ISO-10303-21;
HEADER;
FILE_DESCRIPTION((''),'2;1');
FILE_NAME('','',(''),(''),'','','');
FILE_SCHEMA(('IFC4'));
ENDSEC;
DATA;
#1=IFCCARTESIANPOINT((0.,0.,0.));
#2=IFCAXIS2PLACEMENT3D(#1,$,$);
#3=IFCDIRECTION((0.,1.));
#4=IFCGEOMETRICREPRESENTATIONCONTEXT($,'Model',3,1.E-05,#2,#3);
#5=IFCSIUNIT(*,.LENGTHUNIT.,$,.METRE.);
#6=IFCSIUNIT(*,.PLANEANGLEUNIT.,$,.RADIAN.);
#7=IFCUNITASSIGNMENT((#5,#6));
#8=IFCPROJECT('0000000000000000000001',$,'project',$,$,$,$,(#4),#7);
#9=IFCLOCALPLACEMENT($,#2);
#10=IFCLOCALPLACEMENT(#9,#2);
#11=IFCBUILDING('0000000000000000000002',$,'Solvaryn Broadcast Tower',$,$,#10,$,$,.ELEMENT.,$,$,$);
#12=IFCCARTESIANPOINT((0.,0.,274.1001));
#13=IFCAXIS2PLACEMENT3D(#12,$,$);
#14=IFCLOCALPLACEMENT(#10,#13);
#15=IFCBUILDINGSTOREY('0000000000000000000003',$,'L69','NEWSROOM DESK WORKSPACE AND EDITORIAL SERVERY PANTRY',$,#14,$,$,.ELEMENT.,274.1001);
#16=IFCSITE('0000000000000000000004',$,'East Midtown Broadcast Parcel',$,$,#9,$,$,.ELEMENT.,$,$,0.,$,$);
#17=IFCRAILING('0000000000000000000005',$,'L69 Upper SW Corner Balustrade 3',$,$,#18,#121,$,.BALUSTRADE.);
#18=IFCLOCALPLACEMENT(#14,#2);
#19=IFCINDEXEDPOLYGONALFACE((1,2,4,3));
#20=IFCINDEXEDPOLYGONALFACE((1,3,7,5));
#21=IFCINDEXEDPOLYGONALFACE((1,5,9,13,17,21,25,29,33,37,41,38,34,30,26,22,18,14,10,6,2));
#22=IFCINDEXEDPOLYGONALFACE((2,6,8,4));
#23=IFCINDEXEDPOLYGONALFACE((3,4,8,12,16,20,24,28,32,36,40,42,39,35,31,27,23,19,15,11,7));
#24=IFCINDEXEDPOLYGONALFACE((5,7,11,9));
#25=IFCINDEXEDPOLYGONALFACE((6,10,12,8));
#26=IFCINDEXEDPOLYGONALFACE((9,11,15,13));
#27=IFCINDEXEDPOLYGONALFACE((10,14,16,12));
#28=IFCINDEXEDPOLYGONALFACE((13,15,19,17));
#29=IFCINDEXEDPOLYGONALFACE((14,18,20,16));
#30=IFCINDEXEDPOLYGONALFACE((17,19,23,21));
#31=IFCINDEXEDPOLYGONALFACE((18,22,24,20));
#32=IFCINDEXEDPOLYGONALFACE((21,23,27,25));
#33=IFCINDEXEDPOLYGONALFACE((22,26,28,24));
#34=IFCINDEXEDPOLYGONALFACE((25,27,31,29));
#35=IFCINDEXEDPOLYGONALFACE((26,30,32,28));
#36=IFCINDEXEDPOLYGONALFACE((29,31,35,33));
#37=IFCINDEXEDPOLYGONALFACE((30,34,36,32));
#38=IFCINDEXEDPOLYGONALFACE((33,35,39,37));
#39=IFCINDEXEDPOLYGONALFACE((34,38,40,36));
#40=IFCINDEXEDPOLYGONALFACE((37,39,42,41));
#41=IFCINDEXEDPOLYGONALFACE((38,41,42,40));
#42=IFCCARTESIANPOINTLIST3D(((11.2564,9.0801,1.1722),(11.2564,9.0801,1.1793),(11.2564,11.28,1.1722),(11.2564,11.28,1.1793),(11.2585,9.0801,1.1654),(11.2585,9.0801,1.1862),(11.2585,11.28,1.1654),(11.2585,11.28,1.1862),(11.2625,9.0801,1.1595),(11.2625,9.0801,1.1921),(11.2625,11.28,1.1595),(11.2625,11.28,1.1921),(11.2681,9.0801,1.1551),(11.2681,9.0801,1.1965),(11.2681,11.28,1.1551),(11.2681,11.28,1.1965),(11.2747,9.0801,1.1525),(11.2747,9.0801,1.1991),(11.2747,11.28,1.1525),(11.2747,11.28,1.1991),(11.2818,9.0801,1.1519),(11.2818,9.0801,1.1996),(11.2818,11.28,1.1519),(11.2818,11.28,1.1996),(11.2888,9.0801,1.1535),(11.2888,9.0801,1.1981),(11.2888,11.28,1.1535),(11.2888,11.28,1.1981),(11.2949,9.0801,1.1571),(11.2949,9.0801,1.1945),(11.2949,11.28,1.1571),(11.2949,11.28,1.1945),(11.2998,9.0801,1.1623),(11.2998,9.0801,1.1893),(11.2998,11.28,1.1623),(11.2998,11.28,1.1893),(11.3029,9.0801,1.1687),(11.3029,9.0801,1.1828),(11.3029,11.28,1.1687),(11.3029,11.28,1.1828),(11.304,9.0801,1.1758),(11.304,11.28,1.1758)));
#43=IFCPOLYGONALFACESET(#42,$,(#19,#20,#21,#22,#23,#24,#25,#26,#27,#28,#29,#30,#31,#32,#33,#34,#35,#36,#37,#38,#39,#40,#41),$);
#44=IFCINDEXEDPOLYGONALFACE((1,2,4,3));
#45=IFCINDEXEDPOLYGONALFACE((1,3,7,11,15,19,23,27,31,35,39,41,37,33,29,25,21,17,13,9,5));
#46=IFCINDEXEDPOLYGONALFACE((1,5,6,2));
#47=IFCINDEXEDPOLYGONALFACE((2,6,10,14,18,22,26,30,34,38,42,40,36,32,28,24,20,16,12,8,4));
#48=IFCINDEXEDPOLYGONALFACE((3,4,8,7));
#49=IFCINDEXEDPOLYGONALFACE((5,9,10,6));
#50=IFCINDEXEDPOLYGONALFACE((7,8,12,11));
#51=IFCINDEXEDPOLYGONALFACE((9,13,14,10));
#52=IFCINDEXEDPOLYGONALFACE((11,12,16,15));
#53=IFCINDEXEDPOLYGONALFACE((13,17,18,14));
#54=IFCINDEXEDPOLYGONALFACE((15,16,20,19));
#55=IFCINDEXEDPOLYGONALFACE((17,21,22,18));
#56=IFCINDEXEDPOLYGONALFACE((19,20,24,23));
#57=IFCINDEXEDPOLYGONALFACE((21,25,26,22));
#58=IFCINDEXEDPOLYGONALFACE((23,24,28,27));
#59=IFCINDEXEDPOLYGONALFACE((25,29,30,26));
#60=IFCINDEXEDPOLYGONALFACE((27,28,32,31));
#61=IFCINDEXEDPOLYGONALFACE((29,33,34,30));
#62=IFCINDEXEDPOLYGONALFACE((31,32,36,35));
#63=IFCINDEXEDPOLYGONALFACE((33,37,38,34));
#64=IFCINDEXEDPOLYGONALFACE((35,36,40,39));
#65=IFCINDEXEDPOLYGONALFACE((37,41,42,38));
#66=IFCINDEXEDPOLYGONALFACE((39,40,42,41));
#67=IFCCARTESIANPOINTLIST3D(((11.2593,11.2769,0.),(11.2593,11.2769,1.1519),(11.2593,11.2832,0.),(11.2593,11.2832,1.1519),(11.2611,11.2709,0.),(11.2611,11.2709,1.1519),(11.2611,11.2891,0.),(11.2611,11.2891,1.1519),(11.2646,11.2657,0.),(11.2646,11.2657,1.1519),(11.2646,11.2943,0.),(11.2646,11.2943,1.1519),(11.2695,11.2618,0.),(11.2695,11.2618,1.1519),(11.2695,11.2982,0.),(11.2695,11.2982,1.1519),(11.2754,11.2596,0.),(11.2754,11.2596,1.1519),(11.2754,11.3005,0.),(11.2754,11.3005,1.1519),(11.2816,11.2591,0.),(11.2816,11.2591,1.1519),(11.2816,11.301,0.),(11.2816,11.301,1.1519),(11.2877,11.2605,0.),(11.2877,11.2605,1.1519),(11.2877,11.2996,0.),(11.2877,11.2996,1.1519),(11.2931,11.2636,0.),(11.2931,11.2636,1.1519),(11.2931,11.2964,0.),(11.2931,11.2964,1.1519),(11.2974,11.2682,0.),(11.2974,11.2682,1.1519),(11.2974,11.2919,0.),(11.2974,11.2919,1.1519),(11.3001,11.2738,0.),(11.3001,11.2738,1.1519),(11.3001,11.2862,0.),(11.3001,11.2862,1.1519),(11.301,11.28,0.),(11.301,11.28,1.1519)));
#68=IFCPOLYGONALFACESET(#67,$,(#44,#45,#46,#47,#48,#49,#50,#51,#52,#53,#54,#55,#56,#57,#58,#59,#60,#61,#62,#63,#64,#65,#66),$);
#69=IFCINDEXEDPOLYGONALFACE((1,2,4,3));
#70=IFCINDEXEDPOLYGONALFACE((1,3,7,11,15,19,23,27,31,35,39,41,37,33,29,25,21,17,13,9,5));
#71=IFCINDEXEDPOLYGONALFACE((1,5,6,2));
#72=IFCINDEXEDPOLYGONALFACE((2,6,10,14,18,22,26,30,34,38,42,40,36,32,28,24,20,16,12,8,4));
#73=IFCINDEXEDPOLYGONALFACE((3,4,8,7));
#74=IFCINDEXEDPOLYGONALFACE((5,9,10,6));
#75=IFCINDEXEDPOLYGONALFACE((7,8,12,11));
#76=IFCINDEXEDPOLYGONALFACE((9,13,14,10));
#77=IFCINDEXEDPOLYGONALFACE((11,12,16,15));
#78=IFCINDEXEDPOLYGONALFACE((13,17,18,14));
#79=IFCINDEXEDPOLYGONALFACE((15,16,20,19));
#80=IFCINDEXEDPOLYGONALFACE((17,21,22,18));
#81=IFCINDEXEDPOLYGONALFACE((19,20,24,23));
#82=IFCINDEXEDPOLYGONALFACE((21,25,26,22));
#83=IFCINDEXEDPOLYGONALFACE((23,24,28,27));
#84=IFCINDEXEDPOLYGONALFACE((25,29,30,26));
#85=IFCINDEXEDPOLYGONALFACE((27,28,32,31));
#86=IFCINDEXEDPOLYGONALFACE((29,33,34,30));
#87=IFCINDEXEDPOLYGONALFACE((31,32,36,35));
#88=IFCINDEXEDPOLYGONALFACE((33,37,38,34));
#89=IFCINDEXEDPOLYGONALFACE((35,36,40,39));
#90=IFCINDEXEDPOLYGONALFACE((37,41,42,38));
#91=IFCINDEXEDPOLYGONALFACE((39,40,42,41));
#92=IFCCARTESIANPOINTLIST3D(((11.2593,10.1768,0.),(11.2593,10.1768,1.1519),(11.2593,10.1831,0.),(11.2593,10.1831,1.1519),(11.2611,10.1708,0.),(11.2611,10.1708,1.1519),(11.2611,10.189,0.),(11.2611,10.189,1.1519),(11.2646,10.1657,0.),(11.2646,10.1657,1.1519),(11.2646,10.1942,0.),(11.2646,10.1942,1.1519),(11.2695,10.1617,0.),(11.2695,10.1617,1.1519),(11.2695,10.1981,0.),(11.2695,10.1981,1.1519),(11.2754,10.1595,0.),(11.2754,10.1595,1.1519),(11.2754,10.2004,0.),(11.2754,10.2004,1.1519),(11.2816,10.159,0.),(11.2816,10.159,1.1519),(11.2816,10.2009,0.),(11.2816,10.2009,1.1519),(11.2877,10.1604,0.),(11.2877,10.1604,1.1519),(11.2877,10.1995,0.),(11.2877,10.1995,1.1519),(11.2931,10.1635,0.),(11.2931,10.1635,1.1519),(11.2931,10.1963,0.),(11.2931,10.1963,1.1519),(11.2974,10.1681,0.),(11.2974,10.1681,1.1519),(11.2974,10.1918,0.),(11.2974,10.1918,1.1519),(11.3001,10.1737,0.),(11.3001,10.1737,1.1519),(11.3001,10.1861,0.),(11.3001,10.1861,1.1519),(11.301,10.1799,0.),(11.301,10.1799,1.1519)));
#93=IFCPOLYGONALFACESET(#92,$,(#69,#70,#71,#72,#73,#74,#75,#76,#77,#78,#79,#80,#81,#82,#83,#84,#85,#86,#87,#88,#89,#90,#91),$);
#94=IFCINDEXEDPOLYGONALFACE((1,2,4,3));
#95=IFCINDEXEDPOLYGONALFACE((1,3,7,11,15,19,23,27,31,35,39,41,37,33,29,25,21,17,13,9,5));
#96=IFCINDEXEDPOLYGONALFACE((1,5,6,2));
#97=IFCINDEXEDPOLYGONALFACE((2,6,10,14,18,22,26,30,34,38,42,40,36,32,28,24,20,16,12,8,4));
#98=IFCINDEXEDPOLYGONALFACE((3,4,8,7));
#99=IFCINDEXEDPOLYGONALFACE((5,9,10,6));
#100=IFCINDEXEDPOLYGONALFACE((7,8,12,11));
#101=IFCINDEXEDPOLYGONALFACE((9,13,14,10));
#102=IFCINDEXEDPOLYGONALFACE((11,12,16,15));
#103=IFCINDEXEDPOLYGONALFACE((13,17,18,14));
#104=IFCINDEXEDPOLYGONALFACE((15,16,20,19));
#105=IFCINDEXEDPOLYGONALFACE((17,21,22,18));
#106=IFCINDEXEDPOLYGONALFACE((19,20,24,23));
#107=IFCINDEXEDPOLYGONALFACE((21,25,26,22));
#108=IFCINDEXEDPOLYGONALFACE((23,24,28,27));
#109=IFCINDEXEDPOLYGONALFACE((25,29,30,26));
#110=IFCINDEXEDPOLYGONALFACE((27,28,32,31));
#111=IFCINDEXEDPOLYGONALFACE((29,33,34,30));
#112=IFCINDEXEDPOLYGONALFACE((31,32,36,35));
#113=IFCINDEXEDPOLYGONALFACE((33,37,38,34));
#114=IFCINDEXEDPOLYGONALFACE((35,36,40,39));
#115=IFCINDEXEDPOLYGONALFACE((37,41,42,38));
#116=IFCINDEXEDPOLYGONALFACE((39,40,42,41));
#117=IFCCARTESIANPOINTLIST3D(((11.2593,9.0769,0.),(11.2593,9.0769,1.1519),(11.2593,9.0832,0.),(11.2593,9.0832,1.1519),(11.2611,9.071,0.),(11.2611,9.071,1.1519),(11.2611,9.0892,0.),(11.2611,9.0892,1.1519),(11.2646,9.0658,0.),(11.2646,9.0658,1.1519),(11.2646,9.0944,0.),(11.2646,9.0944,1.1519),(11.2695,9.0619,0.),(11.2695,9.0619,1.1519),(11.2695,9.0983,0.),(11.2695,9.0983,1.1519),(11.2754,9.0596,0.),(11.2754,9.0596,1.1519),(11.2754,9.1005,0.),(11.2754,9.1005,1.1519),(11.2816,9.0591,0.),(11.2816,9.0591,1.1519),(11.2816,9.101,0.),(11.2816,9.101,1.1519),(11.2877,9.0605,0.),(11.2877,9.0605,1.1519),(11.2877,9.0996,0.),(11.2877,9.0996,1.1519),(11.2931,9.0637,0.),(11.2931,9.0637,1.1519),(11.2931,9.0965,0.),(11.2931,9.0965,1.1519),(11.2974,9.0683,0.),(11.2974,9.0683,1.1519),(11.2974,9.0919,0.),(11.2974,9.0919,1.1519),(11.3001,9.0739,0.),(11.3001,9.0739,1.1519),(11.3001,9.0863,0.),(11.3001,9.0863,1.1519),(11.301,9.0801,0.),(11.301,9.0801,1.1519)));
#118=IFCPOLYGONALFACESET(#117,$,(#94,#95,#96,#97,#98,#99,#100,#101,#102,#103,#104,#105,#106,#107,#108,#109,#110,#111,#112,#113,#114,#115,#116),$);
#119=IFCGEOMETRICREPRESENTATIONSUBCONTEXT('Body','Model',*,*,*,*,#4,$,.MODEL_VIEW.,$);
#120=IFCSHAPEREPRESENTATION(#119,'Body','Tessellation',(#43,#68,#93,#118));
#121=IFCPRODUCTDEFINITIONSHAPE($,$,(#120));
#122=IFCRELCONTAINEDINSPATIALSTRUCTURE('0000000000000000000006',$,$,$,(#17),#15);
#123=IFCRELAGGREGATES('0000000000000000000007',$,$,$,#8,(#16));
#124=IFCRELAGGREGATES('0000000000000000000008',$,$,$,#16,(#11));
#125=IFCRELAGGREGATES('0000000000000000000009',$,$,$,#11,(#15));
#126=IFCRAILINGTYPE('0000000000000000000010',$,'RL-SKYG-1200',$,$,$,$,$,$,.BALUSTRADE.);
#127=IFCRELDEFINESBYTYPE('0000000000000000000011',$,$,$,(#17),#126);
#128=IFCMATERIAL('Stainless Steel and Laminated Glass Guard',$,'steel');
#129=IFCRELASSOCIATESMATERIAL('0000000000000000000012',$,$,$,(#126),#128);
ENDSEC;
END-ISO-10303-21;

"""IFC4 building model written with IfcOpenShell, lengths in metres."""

from ifc_helpers import new_model, si_unit, direction, frame, origin, origin_2d, place, context, subcontext, project, spatial, circle, extrude, material, type_object, element, save


model = new_model("IFC4")

# Units and contexts
model_context = context("Model", 3, precision=1e-05, world=origin(), true_north=direction((0.0, 1.0)))
body_context = subcontext(model_context, "Body", "Model", "MODEL_VIEW")
ifc_project = project(units=[si_unit("LENGTHUNIT", "METRE"), si_unit("PLANEANGLEUNIT", "RADIAN")], contexts=[model_context])

# Site, building, storey
site_placement = place(None, origin())
site = spatial("IfcSite", under=ifc_project, at=site_placement, Name="East Midtown Broadcast Parcel", CompositionType="ELEMENT", RefElevation=0.0)
building_placement = place(site_placement, origin())
building = spatial("IfcBuilding", under=site, at=building_placement, Name="Solvaryn Broadcast Tower", CompositionType="ELEMENT")
storey_placement = place(building_placement, frame((0.0, 0.0, 274.1001)))
storey = spatial("IfcBuildingStorey", under=building, at=storey_placement, Name="L69", Description="NEWSROOM DESK WORKSPACE AND EDITORIAL SERVERY PANTRY", CompositionType="ELEMENT", Elevation=274.1001)

# Railing
ifc_material_1 = material(Name="Stainless Steel and Laminated Glass Guard", Category="steel")
railing_type = type_object("IfcRailingType", Name="RL-SKYG-1200", PredefinedType="BALUSTRADE", material=ifc_material_1)
railing_1_placement = place(storey_placement, frame((11.28, 11.28, 0.0)))
element("IfcRailing", 1, at=railing_1_placement, inside=storey, type_object=railing_type, Name="L69 Upper SW Corner Balustrade 3", PredefinedType="BALUSTRADE", context=body_context, shape_type="SweptSolid", body=[
    extrude(circle(Radius=0.0239, at=origin_2d()), frame((0.0, 0.0, 1.1758), z_axis=(0.0, -1.0, 0.0), x_axis=(1.0, 0.0, 0.0)), (0.0, 0.0, 1.0), 2.2),
    extrude(circle(Radius=0.021, at=origin_2d()), origin(), (0.0, 0.0, 1.0), 1.1519),
    extrude(circle(Radius=0.021, at=origin_2d()), frame((0.0, -1.1001, 0.0)), (0.0, 0.0, 1.0), 1.1519),
    extrude(circle(Radius=0.021, at=origin_2d()), frame((0.0, -2.2, 0.0)), (0.0, 0.0, 1.0), 1.1519),
])

save(model, "model.ifc")
